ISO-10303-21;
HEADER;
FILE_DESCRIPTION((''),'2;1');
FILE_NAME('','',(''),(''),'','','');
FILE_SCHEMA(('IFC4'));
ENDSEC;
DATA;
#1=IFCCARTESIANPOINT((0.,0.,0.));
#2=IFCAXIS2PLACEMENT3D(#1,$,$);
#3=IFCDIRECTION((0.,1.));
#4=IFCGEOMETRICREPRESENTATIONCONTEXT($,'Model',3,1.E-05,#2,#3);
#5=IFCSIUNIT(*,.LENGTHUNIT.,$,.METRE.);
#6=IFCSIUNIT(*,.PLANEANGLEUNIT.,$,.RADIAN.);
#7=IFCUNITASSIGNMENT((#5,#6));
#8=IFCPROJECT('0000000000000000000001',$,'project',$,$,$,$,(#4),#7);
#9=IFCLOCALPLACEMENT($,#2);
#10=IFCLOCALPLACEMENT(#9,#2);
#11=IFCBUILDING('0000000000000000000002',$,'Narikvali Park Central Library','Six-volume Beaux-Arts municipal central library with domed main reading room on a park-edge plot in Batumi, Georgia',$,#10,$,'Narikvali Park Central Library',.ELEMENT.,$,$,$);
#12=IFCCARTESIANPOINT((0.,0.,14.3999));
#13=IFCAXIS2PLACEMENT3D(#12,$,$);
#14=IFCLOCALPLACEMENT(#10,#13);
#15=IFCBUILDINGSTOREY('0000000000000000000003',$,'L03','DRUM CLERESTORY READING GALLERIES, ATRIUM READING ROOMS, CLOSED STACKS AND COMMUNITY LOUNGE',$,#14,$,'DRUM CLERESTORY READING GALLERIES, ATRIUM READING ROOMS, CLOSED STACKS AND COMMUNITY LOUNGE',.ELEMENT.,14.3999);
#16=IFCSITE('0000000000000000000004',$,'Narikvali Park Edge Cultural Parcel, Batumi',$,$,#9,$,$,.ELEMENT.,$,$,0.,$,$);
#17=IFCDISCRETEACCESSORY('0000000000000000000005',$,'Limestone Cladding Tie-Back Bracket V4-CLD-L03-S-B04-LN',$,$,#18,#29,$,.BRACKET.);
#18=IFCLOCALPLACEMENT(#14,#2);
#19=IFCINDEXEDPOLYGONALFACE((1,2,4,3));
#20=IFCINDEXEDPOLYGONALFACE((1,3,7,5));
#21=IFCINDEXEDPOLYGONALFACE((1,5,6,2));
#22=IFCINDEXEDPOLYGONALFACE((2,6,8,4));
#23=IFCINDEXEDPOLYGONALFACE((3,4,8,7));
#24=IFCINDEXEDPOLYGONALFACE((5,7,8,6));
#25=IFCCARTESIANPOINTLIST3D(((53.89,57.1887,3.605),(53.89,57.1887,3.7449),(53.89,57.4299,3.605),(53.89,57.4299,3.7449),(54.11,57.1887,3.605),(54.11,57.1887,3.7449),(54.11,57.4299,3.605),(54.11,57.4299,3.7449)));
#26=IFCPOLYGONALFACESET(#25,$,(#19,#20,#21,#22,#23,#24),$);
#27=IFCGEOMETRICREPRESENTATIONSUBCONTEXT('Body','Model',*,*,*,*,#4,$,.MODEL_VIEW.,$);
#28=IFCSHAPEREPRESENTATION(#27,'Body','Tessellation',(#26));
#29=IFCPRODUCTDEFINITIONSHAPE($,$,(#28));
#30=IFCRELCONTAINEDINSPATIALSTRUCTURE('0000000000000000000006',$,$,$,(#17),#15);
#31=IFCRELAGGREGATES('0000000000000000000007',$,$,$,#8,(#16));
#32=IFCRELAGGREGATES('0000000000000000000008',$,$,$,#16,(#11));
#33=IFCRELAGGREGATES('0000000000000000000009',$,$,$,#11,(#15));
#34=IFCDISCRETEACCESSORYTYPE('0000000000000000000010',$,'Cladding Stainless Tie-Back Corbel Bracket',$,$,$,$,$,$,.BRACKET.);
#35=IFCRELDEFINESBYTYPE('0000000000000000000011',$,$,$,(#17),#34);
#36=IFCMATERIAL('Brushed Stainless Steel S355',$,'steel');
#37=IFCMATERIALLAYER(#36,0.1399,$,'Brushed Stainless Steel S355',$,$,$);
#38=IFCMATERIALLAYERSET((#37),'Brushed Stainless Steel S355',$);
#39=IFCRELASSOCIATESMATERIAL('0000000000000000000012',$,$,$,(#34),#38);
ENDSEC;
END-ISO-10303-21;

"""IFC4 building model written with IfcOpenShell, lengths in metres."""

from ifc_helpers import new_model, si_unit, direction, frame, origin, origin_2d, place, context, subcontext, project, spatial, rectangle, extrude, material, layer, layer_set, type_object, element, save


model = new_model("IFC4")

# Units and contexts
model_context = context("Model", 3, precision=1e-05, world=origin(), true_north=direction((0.0, 1.0)))
body_context = subcontext(model_context, "Body", "Model", "MODEL_VIEW")
ifc_project = project(units=[si_unit("LENGTHUNIT", "METRE"), si_unit("PLANEANGLEUNIT", "RADIAN")], contexts=[model_context])

# Site, building, storey
site_placement = place(None, origin())
site = spatial("IfcSite", under=ifc_project, at=site_placement, Name="Narikvali Park Edge Cultural Parcel, Batumi", CompositionType="ELEMENT", RefElevation=0.0)
building_placement = place(site_placement, origin())
building = spatial("IfcBuilding", under=site, at=building_placement, Name="Narikvali Park Central Library", Description="Six-volume Beaux-Arts municipal central library with domed main reading room on a park-edge plot in Batumi, Georgia", LongName="Narikvali Park Central Library", CompositionType="ELEMENT")
storey_placement = place(building_placement, frame((0.0, 0.0, 14.3999)))
storey = spatial("IfcBuildingStorey", under=building, at=storey_placement, Name="L03", Description="DRUM CLERESTORY READING GALLERIES, ATRIUM READING ROOMS, CLOSED STACKS AND COMMUNITY LOUNGE", LongName="DRUM CLERESTORY READING GALLERIES, ATRIUM READING ROOMS, CLOSED STACKS AND COMMUNITY LOUNGE", CompositionType="ELEMENT", Elevation=14.3999)

# Discrete accessory
ifc_material_1 = material(Name="Brushed Stainless Steel S355", Category="steel")
ifc_layer_1 = layer(ifc_material_1, 0.1399, Name="Brushed Stainless Steel S355")
ifc_layer_set_1 = layer_set([ifc_layer_1], Name="Brushed Stainless Steel S355")
discrete_accessory_type = type_object("IfcDiscreteAccessoryType", Name="Cladding Stainless Tie-Back Corbel Bracket", PredefinedType="BRACKET", material=ifc_layer_set_1)
discrete_accessory_1_placement = place(storey_placement, frame((54.0, 57.3093, 3.605), z_axis=(0.0, 0.0, 1.0), x_axis=(1.0, 0.0, 0.0)))
element("IfcDiscreteAccessory", 1, at=discrete_accessory_1_placement, inside=storey, type_object=discrete_accessory_type, Name="Limestone Cladding Tie-Back Bracket V4-CLD-L03-S-B04-LN", PredefinedType="BRACKET", context=body_context, shape_type="SweptSolid", body=[
    extrude(rectangle(XDim=0.22, YDim=0.2412, at=origin_2d()), origin(), (0.0, 0.0, 1.0), 0.1399),
])

save(model, "model.ifc")
